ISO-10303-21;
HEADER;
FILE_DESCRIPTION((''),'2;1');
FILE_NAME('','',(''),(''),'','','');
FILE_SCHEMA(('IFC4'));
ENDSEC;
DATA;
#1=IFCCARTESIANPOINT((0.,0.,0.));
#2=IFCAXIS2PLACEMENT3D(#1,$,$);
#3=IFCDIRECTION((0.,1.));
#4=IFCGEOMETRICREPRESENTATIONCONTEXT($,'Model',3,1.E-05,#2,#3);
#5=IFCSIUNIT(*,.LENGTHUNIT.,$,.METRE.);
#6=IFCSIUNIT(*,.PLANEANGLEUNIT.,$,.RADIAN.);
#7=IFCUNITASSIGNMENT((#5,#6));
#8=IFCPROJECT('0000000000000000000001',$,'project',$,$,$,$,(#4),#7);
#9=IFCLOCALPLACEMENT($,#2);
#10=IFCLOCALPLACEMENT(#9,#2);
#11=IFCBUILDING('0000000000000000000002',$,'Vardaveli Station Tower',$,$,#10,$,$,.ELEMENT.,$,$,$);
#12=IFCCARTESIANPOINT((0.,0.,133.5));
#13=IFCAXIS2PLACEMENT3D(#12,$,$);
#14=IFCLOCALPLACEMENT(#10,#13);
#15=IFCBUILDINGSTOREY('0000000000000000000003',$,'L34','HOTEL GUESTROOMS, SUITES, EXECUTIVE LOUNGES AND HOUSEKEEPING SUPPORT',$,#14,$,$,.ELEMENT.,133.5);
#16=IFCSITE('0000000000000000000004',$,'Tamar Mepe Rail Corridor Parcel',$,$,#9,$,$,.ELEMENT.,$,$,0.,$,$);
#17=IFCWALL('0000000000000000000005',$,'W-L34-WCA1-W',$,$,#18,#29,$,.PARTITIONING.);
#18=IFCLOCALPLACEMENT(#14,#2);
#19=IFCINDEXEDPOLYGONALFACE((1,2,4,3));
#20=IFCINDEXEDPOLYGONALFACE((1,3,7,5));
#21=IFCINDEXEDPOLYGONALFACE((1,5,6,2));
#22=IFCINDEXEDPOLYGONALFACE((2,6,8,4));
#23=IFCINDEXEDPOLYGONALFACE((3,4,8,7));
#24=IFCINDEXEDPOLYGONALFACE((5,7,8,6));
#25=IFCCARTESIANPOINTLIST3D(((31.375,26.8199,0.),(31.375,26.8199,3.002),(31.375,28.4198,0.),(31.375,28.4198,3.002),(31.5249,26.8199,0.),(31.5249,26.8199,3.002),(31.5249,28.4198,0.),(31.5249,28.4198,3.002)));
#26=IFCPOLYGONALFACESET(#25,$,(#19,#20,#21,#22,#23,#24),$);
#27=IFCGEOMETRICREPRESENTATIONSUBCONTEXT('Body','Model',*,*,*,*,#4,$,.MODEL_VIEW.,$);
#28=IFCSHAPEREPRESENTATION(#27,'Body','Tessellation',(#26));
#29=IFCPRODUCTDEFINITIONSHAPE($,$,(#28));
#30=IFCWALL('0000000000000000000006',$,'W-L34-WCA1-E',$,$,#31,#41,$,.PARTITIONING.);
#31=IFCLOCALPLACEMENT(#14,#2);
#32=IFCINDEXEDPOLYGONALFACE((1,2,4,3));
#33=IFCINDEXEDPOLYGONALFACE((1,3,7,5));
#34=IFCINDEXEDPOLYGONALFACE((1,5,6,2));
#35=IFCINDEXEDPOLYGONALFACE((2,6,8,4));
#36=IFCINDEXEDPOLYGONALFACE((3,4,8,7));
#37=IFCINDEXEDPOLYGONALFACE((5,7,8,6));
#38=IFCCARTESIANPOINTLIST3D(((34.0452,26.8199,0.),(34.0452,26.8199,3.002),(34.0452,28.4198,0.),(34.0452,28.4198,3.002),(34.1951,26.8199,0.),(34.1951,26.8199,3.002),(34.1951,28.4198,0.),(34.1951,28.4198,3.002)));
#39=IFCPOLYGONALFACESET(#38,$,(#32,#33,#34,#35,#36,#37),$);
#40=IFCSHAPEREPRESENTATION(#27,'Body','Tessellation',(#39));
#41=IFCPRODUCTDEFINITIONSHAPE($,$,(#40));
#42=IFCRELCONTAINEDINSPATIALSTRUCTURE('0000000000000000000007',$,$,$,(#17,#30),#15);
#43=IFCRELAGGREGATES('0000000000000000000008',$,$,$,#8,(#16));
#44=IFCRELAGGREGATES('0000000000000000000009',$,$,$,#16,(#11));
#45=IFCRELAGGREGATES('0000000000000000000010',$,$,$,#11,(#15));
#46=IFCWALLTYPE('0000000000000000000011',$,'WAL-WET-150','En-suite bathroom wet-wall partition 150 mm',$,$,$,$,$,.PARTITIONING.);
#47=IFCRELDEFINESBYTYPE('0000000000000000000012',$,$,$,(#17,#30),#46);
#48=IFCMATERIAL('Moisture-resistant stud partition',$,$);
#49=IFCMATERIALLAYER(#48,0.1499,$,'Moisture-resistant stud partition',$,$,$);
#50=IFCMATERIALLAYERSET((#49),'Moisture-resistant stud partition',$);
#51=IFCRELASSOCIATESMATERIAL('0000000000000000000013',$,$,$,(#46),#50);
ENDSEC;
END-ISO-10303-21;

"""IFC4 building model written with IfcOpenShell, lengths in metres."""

from ifc_helpers import new_model, si_unit, direction, frame, frame_2d, origin, place, context, subcontext, project, spatial, rectangle, extrude, source, transform, mapped, material, layer, layer_set, type_object, element, save


model = new_model("IFC4")

# Units and contexts
model_context = context("Model", 3, precision=1e-05, world=origin(), true_north=direction((0.0, 1.0)))
body_context = subcontext(model_context, "Body", "Model", "MODEL_VIEW")
ifc_project = project(units=[si_unit("LENGTHUNIT", "METRE"), si_unit("PLANEANGLEUNIT", "RADIAN")], contexts=[model_context])

# Site, building, storey
site_placement = place(None, origin())
site = spatial("IfcSite", under=ifc_project, at=site_placement, Name="Tamar Mepe Rail Corridor Parcel", CompositionType="ELEMENT", RefElevation=0.0)
building_placement = place(site_placement, origin())
building = spatial("IfcBuilding", under=site, at=building_placement, Name="Vardaveli Station Tower", CompositionType="ELEMENT")
storey_placement = place(building_placement, frame((0.0, 0.0, 133.5)))
storey = spatial("IfcBuildingStorey", under=building, at=storey_placement, Name="L34", Description="HOTEL GUESTROOMS, SUITES, EXECUTIVE LOUNGES AND HOUSEKEEPING SUPPORT", CompositionType="ELEMENT", Elevation=133.5)

# Walls
ifc_material_1 = material(Name="Moisture-resistant stud partition")
ifc_layer_1 = layer(ifc_material_1, 0.1499, Name="Moisture-resistant stud partition")
ifc_layer_set_1 = layer_set([ifc_layer_1], Name="Moisture-resistant stud partition")
wall_type_1 = type_object("IfcWallType", Name="WAL-WET-150", Description="En-suite bathroom wet-wall partition 150 mm", PredefinedType="PARTITIONING", material=ifc_layer_set_1)
shared_shape_1 = source(origin(), body_context, "Body", "SweptSolid", [
    extrude(rectangle(XDim=1.5999, YDim=0.1499, at=frame_2d((0.7998, 0.0))), origin(), (0.0, 0.0, 1.0), 3.002),
])
for number, where, z_axis, x_axis, name in (
    (1, (31.45, 26.8201, 0.0), (0.0, 0.0, 1.0), (0.0, 1.0, 0.0), "W-L34-WCA1-W"),
    (2, (34.1201, 26.8201, 0.0), (0.0, 0.0, 1.0), (0.0, 1.0, 0.0), "W-L34-WCA1-E"),
):
    element("IfcWall", number, at=place(storey_placement, frame(where, z_axis=z_axis, x_axis=x_axis)), inside=storey, type_object=wall_type_1, Name=name, PredefinedType="PARTITIONING", context=body_context, shape_type="MappedRepresentation", body=[
        mapped(shared_shape_1, transform((0.0, 0.0, 0.0), scale=1.0)),
    ])

save(model, "model.ifc")
